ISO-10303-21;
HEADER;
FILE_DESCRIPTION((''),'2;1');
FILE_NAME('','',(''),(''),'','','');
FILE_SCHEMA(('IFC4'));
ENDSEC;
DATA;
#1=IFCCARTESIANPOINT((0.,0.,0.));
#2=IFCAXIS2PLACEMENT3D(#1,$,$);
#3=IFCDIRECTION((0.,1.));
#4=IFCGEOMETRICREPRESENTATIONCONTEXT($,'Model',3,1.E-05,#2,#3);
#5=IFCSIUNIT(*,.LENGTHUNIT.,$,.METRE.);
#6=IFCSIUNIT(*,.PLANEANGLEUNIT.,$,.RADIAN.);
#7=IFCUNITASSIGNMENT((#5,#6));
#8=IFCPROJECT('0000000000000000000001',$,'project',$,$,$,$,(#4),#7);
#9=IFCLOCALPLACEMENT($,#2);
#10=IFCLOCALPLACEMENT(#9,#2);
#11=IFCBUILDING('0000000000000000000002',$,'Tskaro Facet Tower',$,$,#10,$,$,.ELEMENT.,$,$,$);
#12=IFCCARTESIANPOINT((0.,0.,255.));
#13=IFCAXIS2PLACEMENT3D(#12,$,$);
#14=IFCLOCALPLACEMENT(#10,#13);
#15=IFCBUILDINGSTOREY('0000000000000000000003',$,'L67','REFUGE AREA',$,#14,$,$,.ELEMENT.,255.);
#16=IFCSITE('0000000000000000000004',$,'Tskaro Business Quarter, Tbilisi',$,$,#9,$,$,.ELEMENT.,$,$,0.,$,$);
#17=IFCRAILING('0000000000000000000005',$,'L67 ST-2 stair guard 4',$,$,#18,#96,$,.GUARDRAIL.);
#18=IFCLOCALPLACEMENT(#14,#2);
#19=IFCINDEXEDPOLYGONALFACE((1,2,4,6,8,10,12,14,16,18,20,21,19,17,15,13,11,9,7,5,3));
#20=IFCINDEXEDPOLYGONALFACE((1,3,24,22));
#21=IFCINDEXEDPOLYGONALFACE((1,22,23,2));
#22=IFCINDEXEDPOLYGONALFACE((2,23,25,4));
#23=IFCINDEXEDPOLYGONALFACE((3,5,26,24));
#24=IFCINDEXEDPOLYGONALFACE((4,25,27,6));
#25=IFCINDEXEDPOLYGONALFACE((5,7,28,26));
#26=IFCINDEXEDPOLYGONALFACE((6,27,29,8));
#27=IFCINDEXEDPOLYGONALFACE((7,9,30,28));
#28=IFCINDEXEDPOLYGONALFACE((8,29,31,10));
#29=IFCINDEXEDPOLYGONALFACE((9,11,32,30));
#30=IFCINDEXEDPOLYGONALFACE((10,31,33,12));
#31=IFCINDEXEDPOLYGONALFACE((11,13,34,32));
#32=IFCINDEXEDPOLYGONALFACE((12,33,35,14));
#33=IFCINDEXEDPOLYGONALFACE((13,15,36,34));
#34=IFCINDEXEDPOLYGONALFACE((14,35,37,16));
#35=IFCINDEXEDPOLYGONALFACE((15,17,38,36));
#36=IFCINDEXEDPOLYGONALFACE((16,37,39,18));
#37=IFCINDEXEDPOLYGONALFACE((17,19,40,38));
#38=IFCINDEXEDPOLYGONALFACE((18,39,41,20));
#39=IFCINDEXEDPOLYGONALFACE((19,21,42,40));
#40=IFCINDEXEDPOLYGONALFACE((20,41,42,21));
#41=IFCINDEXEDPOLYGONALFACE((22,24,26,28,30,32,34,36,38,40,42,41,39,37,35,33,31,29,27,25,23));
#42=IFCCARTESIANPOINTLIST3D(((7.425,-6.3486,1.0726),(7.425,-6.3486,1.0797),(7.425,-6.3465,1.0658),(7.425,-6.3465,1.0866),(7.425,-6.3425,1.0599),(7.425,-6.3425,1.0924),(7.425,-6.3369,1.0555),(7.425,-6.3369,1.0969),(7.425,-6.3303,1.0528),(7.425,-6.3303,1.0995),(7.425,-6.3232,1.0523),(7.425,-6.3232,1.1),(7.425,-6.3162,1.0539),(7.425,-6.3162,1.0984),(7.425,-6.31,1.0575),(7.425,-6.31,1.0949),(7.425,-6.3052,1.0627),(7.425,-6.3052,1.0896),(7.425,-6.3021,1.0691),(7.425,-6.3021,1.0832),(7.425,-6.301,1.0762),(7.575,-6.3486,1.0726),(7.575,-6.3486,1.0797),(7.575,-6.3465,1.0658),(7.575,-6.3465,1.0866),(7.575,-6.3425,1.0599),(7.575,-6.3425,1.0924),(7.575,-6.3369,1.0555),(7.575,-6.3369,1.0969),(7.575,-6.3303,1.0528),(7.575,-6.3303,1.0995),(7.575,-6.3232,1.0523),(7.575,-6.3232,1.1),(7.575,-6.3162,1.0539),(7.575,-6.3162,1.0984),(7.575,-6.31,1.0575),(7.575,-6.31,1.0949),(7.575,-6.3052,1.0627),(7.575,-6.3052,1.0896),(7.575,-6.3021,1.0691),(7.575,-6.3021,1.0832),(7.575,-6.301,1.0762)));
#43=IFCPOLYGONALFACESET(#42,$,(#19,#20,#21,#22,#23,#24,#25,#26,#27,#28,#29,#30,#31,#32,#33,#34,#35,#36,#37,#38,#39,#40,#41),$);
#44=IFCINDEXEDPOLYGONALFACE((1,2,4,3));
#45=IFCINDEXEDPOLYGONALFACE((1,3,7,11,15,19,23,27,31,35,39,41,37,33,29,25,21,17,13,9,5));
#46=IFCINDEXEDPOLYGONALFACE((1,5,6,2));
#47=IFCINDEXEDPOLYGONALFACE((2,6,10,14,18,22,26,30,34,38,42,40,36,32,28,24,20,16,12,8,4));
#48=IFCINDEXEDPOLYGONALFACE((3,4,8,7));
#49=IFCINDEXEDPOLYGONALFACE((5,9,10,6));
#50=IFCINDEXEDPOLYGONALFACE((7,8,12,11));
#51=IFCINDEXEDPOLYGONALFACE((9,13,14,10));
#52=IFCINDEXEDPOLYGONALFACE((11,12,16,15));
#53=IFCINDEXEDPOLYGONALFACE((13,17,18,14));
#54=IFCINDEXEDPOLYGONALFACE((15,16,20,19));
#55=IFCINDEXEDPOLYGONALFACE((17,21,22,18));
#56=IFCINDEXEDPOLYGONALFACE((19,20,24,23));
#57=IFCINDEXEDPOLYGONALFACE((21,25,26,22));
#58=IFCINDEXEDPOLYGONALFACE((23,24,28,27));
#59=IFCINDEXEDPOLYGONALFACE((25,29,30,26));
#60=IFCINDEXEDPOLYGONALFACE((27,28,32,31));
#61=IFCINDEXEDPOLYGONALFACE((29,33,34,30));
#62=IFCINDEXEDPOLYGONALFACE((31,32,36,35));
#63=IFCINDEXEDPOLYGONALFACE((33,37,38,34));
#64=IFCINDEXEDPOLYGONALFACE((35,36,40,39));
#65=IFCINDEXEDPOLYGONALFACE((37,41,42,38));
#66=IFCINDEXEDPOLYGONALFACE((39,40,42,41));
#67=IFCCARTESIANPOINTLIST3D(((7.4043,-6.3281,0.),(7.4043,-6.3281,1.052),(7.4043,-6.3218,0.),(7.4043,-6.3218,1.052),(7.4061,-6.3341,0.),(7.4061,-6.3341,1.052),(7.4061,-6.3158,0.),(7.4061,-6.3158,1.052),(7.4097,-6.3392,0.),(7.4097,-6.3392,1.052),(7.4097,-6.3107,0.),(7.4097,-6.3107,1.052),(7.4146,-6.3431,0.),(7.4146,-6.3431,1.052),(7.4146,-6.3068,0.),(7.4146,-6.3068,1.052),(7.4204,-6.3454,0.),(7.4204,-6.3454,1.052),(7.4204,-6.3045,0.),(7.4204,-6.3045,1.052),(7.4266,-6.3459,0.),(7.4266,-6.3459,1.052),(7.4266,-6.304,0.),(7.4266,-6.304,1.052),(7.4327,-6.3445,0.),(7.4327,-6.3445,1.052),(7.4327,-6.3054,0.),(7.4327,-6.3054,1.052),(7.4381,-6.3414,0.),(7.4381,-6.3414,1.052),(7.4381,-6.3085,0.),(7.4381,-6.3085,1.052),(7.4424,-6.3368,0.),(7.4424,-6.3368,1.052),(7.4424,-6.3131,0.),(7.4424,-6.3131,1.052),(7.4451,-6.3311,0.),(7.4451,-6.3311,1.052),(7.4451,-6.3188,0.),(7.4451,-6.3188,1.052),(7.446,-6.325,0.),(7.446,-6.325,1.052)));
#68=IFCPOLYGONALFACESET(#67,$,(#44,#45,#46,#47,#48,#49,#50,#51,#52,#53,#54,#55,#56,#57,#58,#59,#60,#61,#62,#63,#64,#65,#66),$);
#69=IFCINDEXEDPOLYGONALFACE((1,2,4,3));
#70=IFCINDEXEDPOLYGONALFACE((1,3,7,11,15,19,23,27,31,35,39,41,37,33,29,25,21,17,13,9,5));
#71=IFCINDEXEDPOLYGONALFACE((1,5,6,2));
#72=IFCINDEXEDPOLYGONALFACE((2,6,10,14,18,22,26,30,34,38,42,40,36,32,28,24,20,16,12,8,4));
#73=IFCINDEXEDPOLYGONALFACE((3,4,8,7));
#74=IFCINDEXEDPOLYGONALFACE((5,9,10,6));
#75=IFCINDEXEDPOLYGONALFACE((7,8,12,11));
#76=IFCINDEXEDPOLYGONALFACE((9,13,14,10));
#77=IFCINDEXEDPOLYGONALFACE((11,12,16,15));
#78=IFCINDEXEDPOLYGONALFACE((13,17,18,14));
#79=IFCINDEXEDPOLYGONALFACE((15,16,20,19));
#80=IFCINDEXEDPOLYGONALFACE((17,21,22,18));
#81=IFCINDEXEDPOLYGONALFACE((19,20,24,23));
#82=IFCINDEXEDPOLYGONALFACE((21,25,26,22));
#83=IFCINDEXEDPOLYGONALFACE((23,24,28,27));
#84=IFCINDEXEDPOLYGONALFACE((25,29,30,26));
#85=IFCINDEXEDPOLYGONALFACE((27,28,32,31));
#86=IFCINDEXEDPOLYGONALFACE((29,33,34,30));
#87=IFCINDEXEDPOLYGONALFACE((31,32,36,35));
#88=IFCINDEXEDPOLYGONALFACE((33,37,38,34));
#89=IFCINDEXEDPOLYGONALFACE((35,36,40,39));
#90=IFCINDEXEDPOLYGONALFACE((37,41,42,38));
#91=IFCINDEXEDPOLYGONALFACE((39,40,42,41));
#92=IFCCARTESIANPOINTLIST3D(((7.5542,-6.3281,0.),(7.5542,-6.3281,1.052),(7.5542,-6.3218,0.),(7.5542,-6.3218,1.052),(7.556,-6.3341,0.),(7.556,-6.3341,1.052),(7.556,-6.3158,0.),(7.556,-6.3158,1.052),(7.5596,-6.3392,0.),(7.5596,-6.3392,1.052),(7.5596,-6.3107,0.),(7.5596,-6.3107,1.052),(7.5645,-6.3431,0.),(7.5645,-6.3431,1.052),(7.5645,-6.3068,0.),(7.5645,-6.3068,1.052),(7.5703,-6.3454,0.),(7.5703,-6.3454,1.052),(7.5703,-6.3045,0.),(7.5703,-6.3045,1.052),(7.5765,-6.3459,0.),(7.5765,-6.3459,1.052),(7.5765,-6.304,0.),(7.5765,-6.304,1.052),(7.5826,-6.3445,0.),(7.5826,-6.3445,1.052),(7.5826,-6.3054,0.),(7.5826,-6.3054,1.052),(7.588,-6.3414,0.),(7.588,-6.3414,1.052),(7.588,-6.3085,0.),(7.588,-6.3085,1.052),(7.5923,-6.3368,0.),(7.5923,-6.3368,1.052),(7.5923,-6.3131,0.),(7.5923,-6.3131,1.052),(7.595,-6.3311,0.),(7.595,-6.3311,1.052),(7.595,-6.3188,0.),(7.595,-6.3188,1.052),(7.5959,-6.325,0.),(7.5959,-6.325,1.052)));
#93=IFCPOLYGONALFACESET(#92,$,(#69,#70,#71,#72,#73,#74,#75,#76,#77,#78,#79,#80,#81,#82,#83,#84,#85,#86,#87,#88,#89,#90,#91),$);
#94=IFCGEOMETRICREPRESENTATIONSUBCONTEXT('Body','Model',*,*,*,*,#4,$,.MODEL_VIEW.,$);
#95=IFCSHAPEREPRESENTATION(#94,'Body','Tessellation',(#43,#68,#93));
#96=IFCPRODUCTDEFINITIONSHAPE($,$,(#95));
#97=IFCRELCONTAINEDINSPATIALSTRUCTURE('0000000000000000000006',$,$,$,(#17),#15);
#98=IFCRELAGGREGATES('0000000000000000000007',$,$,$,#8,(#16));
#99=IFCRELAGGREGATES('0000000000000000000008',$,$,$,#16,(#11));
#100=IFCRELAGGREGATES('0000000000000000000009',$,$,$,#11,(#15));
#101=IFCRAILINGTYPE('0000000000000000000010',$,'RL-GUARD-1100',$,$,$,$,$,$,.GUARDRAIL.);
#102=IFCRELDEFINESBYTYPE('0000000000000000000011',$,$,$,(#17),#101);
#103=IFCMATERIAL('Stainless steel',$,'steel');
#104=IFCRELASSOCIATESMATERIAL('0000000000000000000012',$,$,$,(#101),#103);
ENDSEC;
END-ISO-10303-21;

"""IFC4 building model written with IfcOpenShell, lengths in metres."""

from ifc_helpers import new_model, si_unit, direction, frame, origin, origin_2d, place, context, subcontext, project, spatial, circle, extrude, material, type_object, element, save


model = new_model("IFC4")

# Units and contexts
model_context = context("Model", 3, precision=1e-05, world=origin(), true_north=direction((0.0, 1.0)))
body_context = subcontext(model_context, "Body", "Model", "MODEL_VIEW")
ifc_project = project(units=[si_unit("LENGTHUNIT", "METRE"), si_unit("PLANEANGLEUNIT", "RADIAN")], contexts=[model_context])

# Site, building, storey
site_placement = place(None, origin())
site = spatial("IfcSite", under=ifc_project, at=site_placement, Name="Tskaro Business Quarter, Tbilisi", CompositionType="ELEMENT", RefElevation=0.0)
building_placement = place(site_placement, origin())
building = spatial("IfcBuilding", under=site, at=building_placement, Name="Tskaro Facet Tower", CompositionType="ELEMENT")
storey_placement = place(building_placement, frame((0.0, 0.0, 255.0)))
storey = spatial("IfcBuildingStorey", under=building, at=storey_placement, Name="L67", Description="REFUGE AREA", CompositionType="ELEMENT", Elevation=255.0)

# Railing
ifc_material_1 = material(Name="Stainless steel", Category="steel")
railing_type_1 = type_object("IfcRailingType", Name="RL-GUARD-1100", PredefinedType="GUARDRAIL", material=ifc_material_1)
railing_1_placement = place(storey_placement, frame((7.425, -6.325, 0.0)))
element("IfcRailing", 1, at=railing_1_placement, inside=storey, type_object=railing_type_1, Name="L67 ST-2 stair guard 4", PredefinedType="GUARDRAIL", context=body_context, shape_type="SweptSolid", body=[
    extrude(circle(Radius=0.0239, at=origin_2d()), frame((0.0, 0.0, 1.0762), z_axis=(1.0, 0.0, 0.0), x_axis=(0.0, 1.0, 0.0)), (0.0, 0.0, 1.0), 0.1499),
    extrude(circle(Radius=0.021, at=origin_2d()), origin(), (0.0, 0.0, 1.0), 1.052),
    extrude(circle(Radius=0.021, at=origin_2d()), frame((0.1499, 0.0, 0.0)), (0.0, 0.0, 1.0), 1.052),
])

save(model, "model.ifc")
